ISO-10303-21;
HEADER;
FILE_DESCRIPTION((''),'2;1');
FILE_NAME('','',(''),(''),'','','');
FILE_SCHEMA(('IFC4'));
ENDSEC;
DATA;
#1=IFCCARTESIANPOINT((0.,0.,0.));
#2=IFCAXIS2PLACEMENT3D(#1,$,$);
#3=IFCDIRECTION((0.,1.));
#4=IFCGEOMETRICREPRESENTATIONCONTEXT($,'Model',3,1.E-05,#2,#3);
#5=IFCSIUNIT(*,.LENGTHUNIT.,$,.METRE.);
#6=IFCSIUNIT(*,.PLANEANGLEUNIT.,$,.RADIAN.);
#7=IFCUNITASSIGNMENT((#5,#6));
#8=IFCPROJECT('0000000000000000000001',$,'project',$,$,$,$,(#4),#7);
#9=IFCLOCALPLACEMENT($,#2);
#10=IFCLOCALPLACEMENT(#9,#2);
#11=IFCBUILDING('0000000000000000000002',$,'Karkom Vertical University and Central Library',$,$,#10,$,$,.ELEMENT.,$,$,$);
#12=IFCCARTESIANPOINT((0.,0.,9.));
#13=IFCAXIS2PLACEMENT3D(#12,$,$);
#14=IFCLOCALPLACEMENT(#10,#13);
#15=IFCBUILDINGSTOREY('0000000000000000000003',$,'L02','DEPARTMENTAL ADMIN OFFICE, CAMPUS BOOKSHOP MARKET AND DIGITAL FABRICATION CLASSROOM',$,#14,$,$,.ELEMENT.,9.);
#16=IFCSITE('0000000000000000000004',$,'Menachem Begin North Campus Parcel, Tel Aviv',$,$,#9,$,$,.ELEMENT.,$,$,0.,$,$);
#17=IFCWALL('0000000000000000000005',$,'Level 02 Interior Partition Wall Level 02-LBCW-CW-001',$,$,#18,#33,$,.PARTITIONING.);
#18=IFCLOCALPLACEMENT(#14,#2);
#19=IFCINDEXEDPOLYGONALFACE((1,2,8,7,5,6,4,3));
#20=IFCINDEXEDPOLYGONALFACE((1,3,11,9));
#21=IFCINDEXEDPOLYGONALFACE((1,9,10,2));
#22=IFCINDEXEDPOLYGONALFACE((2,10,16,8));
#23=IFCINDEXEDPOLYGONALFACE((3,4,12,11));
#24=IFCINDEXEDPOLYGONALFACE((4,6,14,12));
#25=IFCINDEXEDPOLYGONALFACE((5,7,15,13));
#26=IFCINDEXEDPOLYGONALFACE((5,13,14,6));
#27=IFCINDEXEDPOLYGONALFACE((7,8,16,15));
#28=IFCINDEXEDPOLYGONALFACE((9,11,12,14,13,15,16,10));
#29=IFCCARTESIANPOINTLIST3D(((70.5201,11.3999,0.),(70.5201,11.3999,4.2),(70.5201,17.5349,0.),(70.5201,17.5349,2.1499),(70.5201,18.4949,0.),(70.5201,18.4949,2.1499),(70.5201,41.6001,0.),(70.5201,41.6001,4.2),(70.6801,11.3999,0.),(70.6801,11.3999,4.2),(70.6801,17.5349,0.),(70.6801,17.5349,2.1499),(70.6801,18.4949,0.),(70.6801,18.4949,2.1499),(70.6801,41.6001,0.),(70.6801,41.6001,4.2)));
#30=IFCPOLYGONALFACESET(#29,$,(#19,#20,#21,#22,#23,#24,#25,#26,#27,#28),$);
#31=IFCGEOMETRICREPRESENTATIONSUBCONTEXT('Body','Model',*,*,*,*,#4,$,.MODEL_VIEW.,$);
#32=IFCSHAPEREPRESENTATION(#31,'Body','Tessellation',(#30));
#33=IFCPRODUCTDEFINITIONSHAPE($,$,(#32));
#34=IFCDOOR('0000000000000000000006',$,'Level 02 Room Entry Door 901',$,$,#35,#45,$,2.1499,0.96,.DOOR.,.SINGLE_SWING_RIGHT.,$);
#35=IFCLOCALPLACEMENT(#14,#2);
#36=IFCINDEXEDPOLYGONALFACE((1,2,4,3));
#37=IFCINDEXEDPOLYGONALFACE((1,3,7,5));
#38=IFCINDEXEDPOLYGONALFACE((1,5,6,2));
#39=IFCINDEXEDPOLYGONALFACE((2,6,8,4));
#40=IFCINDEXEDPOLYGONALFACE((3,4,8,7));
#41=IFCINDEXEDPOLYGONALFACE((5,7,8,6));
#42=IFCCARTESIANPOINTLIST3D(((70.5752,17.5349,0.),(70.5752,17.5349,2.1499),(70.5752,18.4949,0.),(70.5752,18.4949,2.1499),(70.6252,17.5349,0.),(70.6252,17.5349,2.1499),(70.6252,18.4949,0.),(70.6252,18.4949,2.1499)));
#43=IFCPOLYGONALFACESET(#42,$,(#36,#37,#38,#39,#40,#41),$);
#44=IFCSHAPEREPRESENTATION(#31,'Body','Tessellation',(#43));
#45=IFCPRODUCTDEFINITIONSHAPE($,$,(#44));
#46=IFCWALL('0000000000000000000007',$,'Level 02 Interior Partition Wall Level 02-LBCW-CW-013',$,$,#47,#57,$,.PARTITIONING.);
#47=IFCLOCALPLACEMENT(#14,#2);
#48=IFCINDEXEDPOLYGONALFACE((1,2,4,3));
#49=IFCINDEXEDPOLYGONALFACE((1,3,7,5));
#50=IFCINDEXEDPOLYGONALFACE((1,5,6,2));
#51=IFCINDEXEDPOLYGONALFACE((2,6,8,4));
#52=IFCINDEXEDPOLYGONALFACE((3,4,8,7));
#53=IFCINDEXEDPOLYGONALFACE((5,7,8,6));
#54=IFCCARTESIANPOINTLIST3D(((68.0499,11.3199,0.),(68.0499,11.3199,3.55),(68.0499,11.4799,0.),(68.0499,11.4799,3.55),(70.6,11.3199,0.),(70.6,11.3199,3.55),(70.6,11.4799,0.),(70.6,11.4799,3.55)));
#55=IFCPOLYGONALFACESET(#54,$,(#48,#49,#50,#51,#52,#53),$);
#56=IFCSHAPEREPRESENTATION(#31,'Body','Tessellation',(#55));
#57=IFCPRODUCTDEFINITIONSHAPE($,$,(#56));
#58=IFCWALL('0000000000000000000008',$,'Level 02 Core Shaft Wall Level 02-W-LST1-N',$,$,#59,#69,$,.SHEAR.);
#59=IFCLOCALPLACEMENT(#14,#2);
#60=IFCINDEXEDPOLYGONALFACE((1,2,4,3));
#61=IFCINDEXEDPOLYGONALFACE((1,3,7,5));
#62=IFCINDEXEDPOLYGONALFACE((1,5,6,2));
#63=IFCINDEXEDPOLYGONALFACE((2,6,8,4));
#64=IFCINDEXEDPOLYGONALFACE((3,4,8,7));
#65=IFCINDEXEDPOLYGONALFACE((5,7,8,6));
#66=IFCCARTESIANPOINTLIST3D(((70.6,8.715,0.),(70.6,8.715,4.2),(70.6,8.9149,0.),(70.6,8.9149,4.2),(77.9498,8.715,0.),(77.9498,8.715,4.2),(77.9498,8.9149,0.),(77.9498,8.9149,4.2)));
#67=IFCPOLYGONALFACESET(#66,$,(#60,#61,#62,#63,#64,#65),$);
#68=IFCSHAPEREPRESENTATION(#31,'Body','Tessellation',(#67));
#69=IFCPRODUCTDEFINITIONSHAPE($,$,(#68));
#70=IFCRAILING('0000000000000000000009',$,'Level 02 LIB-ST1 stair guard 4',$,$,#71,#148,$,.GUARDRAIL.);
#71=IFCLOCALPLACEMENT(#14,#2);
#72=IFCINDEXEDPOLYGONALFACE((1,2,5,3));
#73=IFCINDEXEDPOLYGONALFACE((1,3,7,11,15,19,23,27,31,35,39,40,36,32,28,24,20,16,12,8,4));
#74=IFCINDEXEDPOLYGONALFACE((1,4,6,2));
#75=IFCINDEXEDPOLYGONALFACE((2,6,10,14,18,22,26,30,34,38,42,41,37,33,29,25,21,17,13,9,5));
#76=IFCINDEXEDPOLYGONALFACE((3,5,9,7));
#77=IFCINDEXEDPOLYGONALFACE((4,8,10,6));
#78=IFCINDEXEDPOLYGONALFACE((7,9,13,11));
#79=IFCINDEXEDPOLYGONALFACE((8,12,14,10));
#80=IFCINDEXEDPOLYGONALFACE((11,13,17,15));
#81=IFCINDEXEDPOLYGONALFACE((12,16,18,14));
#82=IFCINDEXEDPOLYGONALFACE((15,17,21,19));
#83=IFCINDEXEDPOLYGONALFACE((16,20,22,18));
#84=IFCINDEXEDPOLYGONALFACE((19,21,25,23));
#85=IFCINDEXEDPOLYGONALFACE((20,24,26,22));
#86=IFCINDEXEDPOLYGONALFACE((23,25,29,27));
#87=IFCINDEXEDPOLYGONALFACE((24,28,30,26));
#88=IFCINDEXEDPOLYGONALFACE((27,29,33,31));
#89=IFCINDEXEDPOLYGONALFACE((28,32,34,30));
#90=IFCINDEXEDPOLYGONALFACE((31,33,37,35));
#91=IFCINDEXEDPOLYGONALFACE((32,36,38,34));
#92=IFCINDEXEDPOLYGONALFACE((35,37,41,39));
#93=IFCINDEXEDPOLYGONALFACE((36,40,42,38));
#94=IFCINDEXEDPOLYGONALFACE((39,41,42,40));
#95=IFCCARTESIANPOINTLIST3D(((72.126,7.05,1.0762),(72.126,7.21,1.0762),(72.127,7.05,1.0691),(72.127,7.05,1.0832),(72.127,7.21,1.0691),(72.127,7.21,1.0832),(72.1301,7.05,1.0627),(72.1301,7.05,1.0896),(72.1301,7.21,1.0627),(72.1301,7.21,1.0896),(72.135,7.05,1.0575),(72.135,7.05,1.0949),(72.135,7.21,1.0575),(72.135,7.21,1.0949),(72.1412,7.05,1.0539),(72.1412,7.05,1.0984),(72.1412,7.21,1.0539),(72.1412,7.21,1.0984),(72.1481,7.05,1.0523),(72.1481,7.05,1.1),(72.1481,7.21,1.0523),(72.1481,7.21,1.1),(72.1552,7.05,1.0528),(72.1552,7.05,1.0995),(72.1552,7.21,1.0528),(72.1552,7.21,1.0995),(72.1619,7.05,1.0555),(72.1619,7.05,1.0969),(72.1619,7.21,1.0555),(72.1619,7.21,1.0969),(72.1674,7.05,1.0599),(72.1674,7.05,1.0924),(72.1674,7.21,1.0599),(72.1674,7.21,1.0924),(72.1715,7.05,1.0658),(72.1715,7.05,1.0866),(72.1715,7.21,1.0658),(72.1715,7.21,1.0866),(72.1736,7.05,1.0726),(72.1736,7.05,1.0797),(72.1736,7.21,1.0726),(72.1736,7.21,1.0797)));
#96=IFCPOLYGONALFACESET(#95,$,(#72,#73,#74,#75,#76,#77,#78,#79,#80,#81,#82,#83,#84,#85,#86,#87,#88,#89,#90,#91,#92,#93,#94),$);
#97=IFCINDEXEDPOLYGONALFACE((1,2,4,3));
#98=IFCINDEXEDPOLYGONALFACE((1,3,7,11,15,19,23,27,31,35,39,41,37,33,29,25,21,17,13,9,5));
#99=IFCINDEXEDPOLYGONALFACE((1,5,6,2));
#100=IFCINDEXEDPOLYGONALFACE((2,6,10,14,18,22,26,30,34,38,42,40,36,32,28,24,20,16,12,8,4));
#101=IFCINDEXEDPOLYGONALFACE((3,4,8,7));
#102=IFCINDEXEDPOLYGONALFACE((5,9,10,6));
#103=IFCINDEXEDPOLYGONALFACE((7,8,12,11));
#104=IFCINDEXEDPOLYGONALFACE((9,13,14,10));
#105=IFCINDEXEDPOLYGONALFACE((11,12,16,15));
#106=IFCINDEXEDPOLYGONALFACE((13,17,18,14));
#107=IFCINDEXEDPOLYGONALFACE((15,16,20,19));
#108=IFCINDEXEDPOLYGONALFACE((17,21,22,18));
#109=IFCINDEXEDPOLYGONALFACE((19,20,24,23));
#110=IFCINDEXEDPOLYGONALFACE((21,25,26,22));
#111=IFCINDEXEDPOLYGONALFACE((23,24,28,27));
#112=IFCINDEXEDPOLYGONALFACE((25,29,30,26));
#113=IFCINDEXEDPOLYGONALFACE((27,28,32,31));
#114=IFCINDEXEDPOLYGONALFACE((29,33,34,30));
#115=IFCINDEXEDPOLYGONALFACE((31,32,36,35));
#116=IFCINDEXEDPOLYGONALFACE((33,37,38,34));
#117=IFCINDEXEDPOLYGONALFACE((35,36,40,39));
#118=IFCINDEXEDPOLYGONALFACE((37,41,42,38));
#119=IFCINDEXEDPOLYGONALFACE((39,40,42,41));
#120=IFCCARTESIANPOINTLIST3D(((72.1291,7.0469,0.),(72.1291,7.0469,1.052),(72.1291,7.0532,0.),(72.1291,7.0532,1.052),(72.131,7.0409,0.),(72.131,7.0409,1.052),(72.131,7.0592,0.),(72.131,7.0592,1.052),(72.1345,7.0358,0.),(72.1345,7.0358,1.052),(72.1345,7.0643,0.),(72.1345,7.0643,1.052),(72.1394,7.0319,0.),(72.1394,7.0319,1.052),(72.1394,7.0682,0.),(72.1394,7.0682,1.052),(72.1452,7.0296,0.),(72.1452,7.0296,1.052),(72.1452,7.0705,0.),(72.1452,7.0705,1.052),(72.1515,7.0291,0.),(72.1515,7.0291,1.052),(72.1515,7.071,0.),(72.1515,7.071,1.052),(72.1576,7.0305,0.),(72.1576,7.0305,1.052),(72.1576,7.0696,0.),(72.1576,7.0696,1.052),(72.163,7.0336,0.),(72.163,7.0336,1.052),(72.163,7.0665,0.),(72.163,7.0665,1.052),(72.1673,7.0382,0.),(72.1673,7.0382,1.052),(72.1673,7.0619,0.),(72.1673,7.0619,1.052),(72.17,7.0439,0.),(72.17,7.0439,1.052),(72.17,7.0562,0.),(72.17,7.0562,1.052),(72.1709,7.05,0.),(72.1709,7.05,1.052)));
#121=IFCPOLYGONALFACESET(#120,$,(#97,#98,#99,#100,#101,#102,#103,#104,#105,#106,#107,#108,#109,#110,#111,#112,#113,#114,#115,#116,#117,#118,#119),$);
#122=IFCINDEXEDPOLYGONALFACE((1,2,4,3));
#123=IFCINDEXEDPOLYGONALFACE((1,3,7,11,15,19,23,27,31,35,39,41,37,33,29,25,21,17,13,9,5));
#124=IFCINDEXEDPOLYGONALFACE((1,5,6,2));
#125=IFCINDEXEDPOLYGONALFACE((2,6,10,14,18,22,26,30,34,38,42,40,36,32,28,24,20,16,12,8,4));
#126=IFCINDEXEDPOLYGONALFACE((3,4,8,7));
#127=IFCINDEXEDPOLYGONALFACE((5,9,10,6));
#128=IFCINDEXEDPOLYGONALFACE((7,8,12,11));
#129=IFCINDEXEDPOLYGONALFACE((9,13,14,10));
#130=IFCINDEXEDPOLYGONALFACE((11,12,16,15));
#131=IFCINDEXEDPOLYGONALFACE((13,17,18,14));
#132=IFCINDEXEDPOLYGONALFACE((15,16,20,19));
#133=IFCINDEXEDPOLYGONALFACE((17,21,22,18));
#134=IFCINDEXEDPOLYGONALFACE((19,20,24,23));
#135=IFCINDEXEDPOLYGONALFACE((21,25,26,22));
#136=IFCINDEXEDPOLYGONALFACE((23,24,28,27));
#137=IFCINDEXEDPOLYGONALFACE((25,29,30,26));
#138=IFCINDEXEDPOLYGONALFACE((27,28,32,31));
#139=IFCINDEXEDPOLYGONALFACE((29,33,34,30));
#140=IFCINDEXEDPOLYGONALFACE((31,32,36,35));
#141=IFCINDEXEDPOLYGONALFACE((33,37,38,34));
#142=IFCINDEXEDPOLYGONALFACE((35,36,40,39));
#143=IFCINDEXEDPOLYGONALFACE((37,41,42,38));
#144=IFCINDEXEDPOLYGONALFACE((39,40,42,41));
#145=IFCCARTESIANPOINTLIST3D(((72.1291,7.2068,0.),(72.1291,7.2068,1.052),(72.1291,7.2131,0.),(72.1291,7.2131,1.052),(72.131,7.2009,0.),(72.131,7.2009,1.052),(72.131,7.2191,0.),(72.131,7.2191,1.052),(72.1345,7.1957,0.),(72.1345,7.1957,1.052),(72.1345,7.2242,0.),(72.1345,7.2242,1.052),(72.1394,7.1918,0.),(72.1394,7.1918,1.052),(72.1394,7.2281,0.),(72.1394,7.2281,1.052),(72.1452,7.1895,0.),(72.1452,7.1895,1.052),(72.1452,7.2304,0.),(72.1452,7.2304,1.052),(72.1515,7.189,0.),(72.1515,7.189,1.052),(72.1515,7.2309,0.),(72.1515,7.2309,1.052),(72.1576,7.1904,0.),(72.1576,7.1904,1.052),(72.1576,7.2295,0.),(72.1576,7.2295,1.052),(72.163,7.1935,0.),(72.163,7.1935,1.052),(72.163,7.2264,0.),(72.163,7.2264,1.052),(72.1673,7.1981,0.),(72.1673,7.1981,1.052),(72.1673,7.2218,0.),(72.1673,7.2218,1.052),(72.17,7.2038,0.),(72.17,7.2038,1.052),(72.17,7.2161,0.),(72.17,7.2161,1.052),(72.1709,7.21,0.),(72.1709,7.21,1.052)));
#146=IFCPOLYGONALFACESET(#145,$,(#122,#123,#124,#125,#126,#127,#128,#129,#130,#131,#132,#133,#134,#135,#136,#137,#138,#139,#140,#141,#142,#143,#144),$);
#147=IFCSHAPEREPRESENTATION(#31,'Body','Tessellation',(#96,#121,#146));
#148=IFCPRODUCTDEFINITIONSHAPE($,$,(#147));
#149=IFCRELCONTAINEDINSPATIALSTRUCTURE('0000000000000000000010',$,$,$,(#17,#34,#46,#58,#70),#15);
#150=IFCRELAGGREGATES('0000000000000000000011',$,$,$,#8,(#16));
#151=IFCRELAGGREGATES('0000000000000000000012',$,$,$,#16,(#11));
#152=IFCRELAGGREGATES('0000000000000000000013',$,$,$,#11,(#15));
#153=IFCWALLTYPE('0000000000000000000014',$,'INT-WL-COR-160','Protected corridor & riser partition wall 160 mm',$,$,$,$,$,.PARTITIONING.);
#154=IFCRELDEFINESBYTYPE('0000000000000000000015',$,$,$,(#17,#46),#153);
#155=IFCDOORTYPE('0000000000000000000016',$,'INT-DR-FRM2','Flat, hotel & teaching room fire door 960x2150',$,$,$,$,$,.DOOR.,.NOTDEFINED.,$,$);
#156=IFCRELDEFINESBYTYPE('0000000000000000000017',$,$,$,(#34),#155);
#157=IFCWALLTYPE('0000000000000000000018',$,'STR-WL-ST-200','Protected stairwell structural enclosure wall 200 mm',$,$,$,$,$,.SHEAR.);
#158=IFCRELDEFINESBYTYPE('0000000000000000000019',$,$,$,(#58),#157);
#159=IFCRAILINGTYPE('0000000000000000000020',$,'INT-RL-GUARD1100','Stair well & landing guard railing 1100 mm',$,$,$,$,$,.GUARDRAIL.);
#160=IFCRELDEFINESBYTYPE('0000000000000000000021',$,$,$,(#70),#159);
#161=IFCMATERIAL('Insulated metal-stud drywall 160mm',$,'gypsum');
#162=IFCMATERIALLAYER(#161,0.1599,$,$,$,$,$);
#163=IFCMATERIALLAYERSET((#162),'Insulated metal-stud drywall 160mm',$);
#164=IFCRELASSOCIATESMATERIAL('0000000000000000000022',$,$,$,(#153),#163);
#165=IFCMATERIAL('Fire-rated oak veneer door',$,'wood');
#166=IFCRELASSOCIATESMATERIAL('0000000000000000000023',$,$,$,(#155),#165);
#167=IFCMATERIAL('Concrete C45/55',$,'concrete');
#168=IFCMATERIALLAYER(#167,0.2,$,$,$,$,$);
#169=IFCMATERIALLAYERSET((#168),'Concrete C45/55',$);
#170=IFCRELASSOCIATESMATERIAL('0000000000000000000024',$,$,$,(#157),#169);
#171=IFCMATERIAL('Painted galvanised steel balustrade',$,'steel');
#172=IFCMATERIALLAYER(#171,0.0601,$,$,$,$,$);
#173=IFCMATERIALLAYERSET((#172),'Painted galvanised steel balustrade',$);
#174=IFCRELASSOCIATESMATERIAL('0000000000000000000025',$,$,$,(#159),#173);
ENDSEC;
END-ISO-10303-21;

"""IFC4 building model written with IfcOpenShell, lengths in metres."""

from ifc_helpers import new_model, si_unit, direction, frame, frame_2d, origin, origin_with_axes, origin_2d, place, context, subcontext, project, spatial, rectangle, circle, extrude, source, transform, mapped, material, layer, layer_set, type_object, element, fill, save


model = new_model("IFC4")

# Units and contexts
model_context = context("Model", 3, precision=1e-05, world=origin(), true_north=direction((0.0, 1.0)))
body_context = subcontext(model_context, "Body", "Model", "MODEL_VIEW")
ifc_project = project(units=[si_unit("LENGTHUNIT", "METRE"), si_unit("PLANEANGLEUNIT", "RADIAN")], contexts=[model_context])

# Site, building, storey
site_placement = place(None, origin())
site = spatial("IfcSite", under=ifc_project, at=site_placement, Name="Menachem Begin North Campus Parcel, Tel Aviv", CompositionType="ELEMENT", RefElevation=0.0)
building_placement = place(site_placement, origin())
building = spatial("IfcBuilding", under=site, at=building_placement, Name="Karkom Vertical University and Central Library", CompositionType="ELEMENT")
storey_placement = place(building_placement, frame((0.0, 0.0, 9.0)))
storey = spatial("IfcBuildingStorey", under=building, at=storey_placement, Name="L02", Description="DEPARTMENTAL ADMIN OFFICE, CAMPUS BOOKSHOP MARKET AND DIGITAL FABRICATION CLASSROOM", CompositionType="ELEMENT", Elevation=9.0)

# Wall, opening, door
ifc_material_1 = material(Name="Insulated metal-stud drywall 160mm", Category="gypsum")
ifc_layer_1 = layer(ifc_material_1, 0.1599)
ifc_layer_set_1 = layer_set([ifc_layer_1], Name="Insulated metal-stud drywall 160mm")
wall_type_1 = type_object("IfcWallType", Name="INT-WL-COR-160", Description="Protected corridor & riser partition wall 160 mm", PredefinedType="PARTITIONING", material=ifc_layer_set_1)
wall_1_placement = place(storey_placement, frame((70.6001, 11.3999, 0.0), z_axis=(0.0, 0.0, 1.0), x_axis=(0.0, 1.0, 0.0)))
wall_1 = element("IfcWall", 1, at=wall_1_placement, inside=storey, type_object=wall_type_1, Name="Level 02 Interior Partition Wall Level 02-LBCW-CW-001", PredefinedType="PARTITIONING", context=body_context, shape_type="SweptSolid", body=[
    extrude(rectangle(XDim=30.2002, YDim=0.1599, at=frame_2d((15.1001, 0.0))), origin(), (0.0, 0.0, 1.0), 4.2),
])
opening_placement = place(wall_1_placement, frame((6.135, 0.0, 0.0)))
opening = element("IfcOpeningElement", 2, at=opening_placement, cuts=wall_1, PredefinedType="OPENING", context=body_context, shape_type="SweptSolid", body=[
    extrude(rectangle(XDim=0.96, YDim=2.1499, at=frame_2d((0.48, 1.075))), frame((0.0, 0.0898, 0.0), z_axis=(0.0, -1.0, 0.0), x_axis=(1.0, 0.0, 0.0)), (0.0, 0.0, 1.0), 0.1799),
])
ifc_material_2 = material(Name="Fire-rated oak veneer door", Category="wood")
door_type = type_object("IfcDoorType", Name="INT-DR-FRM2", Description="Flat, hotel & teaching room fire door 960x2150", OperationType="NOTDEFINED", PredefinedType="DOOR", material=ifc_material_2)
shared_shape_1 = source(origin_with_axes(), body_context, "Body", "SweptSolid", [
    extrude(rectangle(XDim=0.96, YDim=2.1499, at=frame_2d((0.48, 1.075))), frame((0.0, 0.0249, 0.0), z_axis=(0.0, -1.0, 0.0), x_axis=(1.0, 0.0, 0.0)), (0.0, 0.0, 1.0), 0.05),
])
door_placement = place(opening_placement, origin())
door = element("IfcDoor", 3, at=door_placement, inside=storey, type_object=door_type, Name="Level 02 Room Entry Door 901", OperationType="SINGLE_SWING_RIGHT", OverallHeight=2.1499, OverallWidth=0.96, PredefinedType="DOOR", context=body_context, shape_type="MappedRepresentation", body=[
    mapped(shared_shape_1, transform((0.0, 0.0, 0.0), scale=1.0)),
])
fill(opening, door)

# Walls
wall_2_placement = place(storey_placement, frame((68.05, 11.3999, 0.0), z_axis=(0.0, 0.0, 1.0), x_axis=(1.0, 0.0, 0.0)))
element("IfcWall", 4, at=wall_2_placement, inside=storey, type_object=wall_type_1, Name="Level 02 Interior Partition Wall Level 02-LBCW-CW-013", PredefinedType="PARTITIONING", context=body_context, shape_type="SweptSolid", body=[
    extrude(rectangle(XDim=2.55, YDim=0.1599, at=frame_2d((1.2749, 0.0))), origin(), (0.0, 0.0, 1.0), 3.55),
])
ifc_material_3 = material(Name="Concrete C45/55", Category="concrete")
ifc_layer_2 = layer(ifc_material_3, 0.2)
ifc_layer_set_2 = layer_set([ifc_layer_2], Name="Concrete C45/55")
wall_type_2 = type_object("IfcWallType", Name="STR-WL-ST-200", Description="Protected stairwell structural enclosure wall 200 mm", PredefinedType="SHEAR", material=ifc_layer_set_2)
wall_3_placement = place(storey_placement, frame((70.6001, 8.8149, 0.0), z_axis=(0.0, 0.0, 1.0), x_axis=(1.0, 0.0, 0.0)))
element("IfcWall", 5, at=wall_3_placement, inside=storey, type_object=wall_type_2, Name="Level 02 Core Shaft Wall Level 02-W-LST1-N", PredefinedType="SHEAR", context=body_context, shape_type="SweptSolid", body=[
    extrude(rectangle(XDim=7.3499, YDim=0.2, at=frame_2d((3.6748, 0.0))), origin(), (0.0, 0.0, 1.0), 4.2),
])

# Railing
ifc_material_4 = material(Name="Painted galvanised steel balustrade", Category="steel")
ifc_layer_3 = layer(ifc_material_4, 0.0601)
ifc_layer_set_3 = layer_set([ifc_layer_3], Name="Painted galvanised steel balustrade")
railing_type = type_object("IfcRailingType", Name="INT-RL-GUARD1100", Description="Stair well & landing guard railing 1100 mm", PredefinedType="GUARDRAIL", material=ifc_layer_set_3)
railing_placement = place(storey_placement, frame((72.1499, 7.05, 0.0)))
element("IfcRailing", 6, at=railing_placement, inside=storey, type_object=railing_type, Name="Level 02 LIB-ST1 stair guard 4", PredefinedType="GUARDRAIL", context=body_context, shape_type="SweptSolid", body=[
    extrude(circle(Radius=0.0239, at=origin_2d()), frame((0.0, 0.0, 1.0762), z_axis=(0.0, 1.0, 0.0), x_axis=(-1.0, 0.0, 0.0)), (0.0, 0.0, 1.0), 0.1599),
    extrude(circle(Radius=0.021, at=origin_2d()), origin(), (0.0, 0.0, 1.0), 1.052),
    extrude(circle(Radius=0.021, at=origin_2d()), frame((0.0, 0.1599, 0.0)), (0.0, 0.0, 1.0), 1.052),
])

save(model, "model.ifc")
